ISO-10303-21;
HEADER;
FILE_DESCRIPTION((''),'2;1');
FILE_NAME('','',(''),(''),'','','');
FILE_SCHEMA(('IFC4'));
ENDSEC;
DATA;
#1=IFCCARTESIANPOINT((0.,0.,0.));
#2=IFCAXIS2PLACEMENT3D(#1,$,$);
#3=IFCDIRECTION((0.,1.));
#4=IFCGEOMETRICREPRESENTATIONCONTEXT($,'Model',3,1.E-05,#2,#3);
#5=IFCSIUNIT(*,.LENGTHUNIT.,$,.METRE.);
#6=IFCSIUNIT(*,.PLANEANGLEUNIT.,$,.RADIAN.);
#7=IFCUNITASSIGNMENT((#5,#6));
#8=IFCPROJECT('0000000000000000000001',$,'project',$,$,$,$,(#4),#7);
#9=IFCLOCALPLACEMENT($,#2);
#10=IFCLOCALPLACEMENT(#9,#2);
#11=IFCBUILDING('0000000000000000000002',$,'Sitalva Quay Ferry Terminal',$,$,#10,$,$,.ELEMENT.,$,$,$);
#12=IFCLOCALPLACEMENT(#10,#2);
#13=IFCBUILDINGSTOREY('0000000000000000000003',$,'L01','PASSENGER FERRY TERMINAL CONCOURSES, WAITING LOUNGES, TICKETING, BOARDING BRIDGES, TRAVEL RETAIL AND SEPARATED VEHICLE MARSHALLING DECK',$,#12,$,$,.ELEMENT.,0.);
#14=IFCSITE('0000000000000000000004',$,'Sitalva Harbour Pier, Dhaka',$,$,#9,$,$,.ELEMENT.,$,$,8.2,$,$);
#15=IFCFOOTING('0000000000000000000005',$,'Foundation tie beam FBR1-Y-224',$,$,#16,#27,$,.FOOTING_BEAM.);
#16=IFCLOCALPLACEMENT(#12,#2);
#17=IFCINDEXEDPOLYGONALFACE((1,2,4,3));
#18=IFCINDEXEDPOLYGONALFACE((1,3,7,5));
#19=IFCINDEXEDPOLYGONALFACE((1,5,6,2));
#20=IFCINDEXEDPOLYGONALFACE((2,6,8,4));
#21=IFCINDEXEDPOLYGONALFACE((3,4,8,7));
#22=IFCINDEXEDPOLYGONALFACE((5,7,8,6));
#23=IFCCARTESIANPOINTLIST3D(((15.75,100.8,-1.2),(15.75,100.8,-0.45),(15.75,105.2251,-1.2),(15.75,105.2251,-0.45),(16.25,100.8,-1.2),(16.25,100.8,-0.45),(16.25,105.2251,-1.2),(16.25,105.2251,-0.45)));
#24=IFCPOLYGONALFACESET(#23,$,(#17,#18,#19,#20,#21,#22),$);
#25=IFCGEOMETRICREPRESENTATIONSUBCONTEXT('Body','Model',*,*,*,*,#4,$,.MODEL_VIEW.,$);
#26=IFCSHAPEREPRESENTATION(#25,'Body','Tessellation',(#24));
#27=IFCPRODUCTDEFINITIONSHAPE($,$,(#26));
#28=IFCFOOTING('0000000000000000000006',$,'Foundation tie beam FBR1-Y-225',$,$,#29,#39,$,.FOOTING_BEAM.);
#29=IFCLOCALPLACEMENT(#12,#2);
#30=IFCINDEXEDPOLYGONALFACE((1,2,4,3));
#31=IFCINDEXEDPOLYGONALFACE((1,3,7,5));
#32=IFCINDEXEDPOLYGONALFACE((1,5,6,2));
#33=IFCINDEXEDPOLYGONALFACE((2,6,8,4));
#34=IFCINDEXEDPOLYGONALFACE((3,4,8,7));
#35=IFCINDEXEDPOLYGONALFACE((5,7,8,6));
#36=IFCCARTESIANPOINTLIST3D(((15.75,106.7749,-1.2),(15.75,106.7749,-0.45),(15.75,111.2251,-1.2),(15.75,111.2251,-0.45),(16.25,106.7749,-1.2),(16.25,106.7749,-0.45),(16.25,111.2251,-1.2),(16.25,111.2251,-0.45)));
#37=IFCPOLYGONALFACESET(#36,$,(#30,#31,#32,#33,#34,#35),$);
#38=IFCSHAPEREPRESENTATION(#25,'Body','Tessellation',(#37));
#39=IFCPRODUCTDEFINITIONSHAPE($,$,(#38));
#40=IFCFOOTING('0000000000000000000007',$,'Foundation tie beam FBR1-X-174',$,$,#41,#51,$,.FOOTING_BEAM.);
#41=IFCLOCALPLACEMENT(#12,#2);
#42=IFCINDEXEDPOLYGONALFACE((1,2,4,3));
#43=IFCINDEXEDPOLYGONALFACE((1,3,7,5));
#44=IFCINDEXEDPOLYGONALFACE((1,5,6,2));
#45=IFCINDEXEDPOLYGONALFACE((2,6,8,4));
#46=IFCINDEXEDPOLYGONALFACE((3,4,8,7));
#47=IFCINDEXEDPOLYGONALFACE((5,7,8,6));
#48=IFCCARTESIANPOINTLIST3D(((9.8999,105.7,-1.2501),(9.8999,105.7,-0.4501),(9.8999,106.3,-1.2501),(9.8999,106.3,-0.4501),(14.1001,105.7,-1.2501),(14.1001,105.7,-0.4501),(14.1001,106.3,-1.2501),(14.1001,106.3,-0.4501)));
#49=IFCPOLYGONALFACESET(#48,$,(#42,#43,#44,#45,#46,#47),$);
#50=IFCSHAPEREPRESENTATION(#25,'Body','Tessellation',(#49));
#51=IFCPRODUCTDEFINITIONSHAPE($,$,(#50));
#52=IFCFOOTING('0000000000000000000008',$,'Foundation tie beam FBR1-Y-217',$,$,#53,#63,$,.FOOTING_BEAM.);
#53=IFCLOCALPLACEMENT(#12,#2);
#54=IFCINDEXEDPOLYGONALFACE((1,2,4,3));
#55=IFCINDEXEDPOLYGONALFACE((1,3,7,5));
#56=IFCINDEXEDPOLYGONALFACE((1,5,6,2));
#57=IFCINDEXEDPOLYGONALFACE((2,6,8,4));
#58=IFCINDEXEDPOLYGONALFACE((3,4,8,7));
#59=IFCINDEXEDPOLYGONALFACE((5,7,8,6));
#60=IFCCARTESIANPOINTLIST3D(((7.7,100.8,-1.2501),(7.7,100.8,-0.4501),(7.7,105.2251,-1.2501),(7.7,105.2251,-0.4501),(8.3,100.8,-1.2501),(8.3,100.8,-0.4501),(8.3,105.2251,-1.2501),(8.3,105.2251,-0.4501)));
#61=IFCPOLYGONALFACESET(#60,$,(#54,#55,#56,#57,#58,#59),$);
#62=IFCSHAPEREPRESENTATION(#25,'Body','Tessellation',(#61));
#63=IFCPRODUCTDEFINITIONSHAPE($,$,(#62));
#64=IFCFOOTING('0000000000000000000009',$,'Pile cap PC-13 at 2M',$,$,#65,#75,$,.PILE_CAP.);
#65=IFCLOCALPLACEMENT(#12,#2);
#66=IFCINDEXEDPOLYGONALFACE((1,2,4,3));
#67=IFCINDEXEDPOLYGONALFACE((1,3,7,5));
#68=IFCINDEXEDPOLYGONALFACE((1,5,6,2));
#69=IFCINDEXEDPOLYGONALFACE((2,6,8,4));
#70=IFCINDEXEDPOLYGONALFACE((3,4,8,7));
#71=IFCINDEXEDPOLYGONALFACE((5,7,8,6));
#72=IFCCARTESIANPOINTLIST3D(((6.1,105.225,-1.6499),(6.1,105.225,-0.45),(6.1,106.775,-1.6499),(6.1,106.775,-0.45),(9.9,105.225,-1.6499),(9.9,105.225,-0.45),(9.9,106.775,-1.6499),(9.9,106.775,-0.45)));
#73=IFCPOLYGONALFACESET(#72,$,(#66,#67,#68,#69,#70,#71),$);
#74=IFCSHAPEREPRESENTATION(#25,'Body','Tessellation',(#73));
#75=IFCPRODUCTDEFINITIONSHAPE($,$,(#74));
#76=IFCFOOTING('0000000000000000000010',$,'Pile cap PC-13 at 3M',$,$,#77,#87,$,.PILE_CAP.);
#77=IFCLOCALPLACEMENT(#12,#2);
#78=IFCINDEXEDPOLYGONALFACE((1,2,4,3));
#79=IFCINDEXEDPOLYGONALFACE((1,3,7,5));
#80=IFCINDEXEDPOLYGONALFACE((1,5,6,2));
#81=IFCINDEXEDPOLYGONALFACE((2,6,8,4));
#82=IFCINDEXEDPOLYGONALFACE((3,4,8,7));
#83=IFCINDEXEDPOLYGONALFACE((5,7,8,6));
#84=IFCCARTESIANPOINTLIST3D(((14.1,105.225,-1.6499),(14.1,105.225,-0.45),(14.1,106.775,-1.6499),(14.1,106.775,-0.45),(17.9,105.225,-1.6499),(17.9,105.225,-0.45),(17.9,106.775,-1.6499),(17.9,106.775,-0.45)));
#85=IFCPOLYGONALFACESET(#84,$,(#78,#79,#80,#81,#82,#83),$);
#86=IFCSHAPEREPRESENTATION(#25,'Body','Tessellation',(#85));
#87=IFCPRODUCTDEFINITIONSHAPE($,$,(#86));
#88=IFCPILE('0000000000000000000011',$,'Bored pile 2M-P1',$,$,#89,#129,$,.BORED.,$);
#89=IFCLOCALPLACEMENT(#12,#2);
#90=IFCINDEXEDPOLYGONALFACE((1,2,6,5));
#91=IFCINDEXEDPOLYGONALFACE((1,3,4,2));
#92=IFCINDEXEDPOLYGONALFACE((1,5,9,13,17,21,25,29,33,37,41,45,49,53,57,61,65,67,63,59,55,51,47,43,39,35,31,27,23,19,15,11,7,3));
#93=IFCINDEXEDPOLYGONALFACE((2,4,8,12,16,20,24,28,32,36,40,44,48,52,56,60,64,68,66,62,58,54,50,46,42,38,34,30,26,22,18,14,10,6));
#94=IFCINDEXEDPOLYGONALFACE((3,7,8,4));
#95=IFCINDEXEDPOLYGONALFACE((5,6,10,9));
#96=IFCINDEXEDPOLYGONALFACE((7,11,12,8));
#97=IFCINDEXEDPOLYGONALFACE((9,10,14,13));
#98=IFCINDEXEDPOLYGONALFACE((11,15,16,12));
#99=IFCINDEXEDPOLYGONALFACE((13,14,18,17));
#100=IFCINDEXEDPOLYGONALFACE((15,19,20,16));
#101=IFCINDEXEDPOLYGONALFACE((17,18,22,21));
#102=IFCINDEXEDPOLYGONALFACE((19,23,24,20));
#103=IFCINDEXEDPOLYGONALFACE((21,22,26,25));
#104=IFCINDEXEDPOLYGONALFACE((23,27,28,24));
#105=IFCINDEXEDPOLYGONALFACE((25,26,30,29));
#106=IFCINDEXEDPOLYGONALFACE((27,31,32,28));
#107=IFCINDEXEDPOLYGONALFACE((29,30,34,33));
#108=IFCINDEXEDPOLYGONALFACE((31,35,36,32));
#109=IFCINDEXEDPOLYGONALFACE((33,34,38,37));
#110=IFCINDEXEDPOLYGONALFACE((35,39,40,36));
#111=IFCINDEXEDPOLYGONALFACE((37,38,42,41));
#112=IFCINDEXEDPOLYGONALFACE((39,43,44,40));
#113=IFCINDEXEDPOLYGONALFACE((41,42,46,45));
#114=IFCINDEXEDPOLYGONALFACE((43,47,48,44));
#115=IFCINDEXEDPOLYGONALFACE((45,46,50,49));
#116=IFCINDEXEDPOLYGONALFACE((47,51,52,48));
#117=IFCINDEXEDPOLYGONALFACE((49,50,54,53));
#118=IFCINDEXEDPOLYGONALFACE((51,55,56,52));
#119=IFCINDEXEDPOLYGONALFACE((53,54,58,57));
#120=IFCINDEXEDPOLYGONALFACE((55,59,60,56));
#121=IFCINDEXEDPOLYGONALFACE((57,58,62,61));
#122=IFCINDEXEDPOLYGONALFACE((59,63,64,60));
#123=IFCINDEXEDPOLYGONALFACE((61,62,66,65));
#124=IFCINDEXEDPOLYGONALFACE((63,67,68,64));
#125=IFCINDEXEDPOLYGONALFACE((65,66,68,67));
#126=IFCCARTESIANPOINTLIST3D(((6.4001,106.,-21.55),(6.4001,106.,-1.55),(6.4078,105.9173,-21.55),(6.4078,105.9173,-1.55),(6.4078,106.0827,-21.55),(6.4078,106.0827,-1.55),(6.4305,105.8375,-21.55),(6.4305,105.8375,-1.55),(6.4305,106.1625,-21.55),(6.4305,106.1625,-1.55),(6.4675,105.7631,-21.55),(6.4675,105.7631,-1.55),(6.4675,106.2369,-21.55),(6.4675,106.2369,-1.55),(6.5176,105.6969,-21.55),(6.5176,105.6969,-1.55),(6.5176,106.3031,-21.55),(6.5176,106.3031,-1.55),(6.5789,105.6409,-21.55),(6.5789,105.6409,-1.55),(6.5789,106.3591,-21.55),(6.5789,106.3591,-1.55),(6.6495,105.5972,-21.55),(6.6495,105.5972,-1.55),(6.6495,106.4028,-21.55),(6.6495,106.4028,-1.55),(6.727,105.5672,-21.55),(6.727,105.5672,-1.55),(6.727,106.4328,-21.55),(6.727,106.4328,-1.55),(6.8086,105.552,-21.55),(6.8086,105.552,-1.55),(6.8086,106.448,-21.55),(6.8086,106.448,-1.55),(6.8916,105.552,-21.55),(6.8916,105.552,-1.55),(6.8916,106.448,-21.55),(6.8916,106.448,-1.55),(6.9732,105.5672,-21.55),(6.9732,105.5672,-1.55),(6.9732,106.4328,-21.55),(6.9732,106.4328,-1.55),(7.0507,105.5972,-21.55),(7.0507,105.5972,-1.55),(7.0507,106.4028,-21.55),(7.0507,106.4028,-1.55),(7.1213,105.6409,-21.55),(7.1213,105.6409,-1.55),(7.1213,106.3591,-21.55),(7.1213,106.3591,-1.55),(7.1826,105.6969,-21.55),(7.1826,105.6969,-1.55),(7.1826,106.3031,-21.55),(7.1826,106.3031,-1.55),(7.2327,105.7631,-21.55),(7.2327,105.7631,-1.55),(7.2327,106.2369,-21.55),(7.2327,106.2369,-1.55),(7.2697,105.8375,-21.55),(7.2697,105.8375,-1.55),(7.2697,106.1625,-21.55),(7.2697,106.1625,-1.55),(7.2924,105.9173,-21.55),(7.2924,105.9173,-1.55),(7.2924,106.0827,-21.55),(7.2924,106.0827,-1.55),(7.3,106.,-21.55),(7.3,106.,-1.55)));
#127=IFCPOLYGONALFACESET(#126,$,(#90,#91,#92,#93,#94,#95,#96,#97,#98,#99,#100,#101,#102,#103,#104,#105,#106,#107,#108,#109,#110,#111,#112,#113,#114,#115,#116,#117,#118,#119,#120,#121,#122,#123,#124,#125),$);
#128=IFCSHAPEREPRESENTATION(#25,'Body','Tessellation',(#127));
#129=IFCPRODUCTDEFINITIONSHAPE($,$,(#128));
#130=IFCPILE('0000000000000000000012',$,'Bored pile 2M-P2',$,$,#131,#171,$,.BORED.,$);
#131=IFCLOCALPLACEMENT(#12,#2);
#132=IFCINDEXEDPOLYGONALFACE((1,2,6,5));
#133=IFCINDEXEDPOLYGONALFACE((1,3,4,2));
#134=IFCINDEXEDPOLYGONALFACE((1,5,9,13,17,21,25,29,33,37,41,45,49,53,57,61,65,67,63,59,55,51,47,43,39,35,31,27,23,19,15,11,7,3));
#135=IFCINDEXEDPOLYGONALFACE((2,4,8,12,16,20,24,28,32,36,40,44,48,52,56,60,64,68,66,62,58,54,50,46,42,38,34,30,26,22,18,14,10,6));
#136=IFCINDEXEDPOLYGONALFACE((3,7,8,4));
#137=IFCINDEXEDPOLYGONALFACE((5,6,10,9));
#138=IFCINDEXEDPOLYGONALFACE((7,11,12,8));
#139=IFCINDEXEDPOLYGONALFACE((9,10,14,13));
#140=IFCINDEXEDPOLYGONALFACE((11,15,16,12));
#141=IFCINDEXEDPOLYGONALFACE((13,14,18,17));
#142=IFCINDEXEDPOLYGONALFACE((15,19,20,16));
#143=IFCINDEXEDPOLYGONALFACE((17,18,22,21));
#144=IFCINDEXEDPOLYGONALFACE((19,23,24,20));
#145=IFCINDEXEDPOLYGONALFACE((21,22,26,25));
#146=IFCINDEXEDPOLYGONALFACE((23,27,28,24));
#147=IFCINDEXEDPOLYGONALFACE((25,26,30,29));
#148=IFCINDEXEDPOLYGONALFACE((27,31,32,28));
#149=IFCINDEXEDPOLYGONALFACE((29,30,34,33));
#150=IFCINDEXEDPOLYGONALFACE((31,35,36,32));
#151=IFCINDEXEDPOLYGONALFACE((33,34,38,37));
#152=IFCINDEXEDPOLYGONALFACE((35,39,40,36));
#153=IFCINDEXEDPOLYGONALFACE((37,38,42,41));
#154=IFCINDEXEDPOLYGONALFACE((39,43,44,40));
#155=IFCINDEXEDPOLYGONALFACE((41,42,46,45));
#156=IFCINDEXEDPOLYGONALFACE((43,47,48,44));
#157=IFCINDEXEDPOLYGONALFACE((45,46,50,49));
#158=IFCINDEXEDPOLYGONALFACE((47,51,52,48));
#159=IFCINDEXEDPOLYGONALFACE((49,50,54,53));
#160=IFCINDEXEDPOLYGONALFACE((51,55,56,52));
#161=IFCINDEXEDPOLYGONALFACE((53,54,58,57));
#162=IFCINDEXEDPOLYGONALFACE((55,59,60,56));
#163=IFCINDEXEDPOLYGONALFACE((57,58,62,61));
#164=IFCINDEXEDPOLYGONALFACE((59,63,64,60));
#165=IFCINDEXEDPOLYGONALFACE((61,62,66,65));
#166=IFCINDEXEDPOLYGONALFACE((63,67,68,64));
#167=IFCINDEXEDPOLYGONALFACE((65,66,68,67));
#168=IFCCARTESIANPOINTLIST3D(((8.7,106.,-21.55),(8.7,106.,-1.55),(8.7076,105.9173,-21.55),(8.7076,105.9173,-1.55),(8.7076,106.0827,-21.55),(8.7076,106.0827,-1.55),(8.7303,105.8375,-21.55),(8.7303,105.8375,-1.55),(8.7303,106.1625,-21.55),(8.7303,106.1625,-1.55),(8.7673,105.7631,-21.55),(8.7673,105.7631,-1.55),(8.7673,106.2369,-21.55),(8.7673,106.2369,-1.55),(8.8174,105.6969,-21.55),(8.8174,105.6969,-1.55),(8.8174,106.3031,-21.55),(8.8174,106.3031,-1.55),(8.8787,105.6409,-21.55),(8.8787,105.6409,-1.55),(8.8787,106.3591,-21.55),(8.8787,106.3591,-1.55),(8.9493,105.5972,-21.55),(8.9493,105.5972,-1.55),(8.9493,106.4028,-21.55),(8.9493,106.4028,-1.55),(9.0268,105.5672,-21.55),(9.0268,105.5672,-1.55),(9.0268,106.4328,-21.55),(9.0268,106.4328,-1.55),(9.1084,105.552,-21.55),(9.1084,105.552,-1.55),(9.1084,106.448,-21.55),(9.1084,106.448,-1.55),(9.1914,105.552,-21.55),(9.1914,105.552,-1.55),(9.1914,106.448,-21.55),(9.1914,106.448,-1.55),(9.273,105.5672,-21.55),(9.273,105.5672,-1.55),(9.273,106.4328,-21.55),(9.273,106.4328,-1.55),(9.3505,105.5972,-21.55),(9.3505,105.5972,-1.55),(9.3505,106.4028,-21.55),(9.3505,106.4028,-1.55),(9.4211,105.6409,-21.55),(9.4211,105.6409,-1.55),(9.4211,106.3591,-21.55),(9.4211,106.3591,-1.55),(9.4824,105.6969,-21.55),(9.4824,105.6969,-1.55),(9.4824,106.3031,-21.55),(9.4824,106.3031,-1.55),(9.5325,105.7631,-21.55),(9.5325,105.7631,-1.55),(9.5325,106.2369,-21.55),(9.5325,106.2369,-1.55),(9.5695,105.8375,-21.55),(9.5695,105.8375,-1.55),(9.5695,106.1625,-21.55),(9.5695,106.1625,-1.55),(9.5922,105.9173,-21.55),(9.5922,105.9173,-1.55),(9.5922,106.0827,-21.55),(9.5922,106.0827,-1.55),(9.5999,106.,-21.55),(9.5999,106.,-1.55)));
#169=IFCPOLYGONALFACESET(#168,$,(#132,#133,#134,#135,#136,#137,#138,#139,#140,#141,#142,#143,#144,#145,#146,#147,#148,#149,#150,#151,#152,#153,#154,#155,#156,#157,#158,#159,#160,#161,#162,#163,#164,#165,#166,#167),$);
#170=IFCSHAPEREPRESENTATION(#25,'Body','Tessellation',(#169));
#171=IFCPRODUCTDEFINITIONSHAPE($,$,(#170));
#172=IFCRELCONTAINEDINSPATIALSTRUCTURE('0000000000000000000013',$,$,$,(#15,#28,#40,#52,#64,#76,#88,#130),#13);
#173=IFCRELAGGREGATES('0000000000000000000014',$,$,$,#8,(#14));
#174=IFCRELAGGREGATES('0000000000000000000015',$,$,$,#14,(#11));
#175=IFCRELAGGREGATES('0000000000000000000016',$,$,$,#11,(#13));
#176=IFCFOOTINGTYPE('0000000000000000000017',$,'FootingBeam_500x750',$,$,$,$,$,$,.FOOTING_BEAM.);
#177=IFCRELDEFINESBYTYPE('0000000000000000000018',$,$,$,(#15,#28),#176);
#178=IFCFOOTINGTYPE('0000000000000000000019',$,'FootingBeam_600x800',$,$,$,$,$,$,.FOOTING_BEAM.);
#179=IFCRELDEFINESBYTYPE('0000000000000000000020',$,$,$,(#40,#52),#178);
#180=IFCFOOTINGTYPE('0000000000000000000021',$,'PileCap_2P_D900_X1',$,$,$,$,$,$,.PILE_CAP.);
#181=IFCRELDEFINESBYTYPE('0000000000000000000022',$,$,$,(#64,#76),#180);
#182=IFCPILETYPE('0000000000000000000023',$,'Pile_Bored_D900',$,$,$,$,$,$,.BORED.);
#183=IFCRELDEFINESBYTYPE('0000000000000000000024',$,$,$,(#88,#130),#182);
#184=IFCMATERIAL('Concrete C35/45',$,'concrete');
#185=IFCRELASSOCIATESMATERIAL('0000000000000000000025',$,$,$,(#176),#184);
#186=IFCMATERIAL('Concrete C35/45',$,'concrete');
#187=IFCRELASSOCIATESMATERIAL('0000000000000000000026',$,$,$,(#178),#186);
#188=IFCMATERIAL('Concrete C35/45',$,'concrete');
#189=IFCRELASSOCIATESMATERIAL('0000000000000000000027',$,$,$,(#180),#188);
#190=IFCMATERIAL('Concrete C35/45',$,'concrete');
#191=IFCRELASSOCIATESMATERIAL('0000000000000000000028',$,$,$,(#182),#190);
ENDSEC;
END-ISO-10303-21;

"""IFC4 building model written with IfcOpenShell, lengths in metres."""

from ifc_helpers import new_model, si_unit, direction, frame, origin, origin_2d, place, context, subcontext, project, spatial, rectangle, circle, extrude, material, material_profile, profile_set, type_object, element, save


model = new_model("IFC4")

# Units and contexts
model_context = context("Model", 3, precision=1e-05, world=origin(), true_north=direction((0.0, 1.0)))
body_context = subcontext(model_context, "Body", "Model", "MODEL_VIEW")
ifc_project = project(units=[si_unit("LENGTHUNIT", "METRE"), si_unit("PLANEANGLEUNIT", "RADIAN")], contexts=[model_context])

# Site, building, storey
site_placement = place(None, origin())
site = spatial("IfcSite", under=ifc_project, at=site_placement, Name="Sitalva Harbour Pier, Dhaka", CompositionType="ELEMENT", RefElevation=8.2)
building_placement = place(site_placement, origin())
building = spatial("IfcBuilding", under=site, at=building_placement, Name="Sitalva Quay Ferry Terminal", CompositionType="ELEMENT")
storey_placement = place(building_placement, origin())
storey = spatial("IfcBuildingStorey", under=building, at=storey_placement, Name="L01", Description="PASSENGER FERRY TERMINAL CONCOURSES, WAITING LOUNGES, TICKETING, BOARDING BRIDGES, TRAVEL RETAIL AND SEPARATED VEHICLE MARSHALLING DECK", CompositionType="ELEMENT", Elevation=0.0)

# Footings
ifc_material_1 = material(Name="Concrete C35/45", Category="concrete")
ifc_material_profile_1 = material_profile(ifc_material_1, rectangle(XDim=0.5, YDim=0.75, at=origin_2d()), Name="RC500x750")
ifc_profile_set_1 = profile_set([ifc_material_profile_1], Name="Concrete C35/45")
footing_type_1 = type_object("IfcFootingType", Name="FootingBeam_500x750", PredefinedType="FOOTING_BEAM", material=ifc_profile_set_1)
footing_1_placement = place(storey_placement, frame((16.0, 100.8, -0.825), z_axis=(0.0, 1.0, 0.0), x_axis=(-1.0, 0.0, 0.0)))
element("IfcFooting", 1, at=footing_1_placement, inside=storey, type_object=footing_type_1, Name="Foundation tie beam FBR1-Y-224", PredefinedType="FOOTING_BEAM", context=body_context, shape_type="SweptSolid", body=[
    extrude(rectangle(XDim=0.5, YDim=0.75, at=origin_2d()), origin(), (0.0, 0.0, 1.0), 4.425),
])
footing_2_placement = place(storey_placement, frame((16.0, 106.7749, -0.825), z_axis=(0.0, 1.0, 0.0), x_axis=(-1.0, 0.0, 0.0)))
element("IfcFooting", 2, at=footing_2_placement, inside=storey, type_object=footing_type_1, Name="Foundation tie beam FBR1-Y-225", PredefinedType="FOOTING_BEAM", context=body_context, shape_type="SweptSolid", body=[
    extrude(rectangle(XDim=0.5, YDim=0.75, at=origin_2d()), origin(), (0.0, 0.0, 1.0), 4.4502),
])
ifc_material_2 = material(Name="Concrete C35/45", Category="concrete")
ifc_material_profile_2 = material_profile(ifc_material_2, rectangle(XDim=0.6001, YDim=0.8, at=origin_2d()), Name="RC600x800")
ifc_profile_set_2 = profile_set([ifc_material_profile_2], Name="Concrete C35/45")
footing_type_2 = type_object("IfcFootingType", Name="FootingBeam_600x800", PredefinedType="FOOTING_BEAM", material=ifc_profile_set_2)
footing_3_placement = place(storey_placement, frame((9.8999, 106.0, -0.8501), z_axis=(1.0, 0.0, 0.0), x_axis=(0.0, 1.0, 0.0)))
element("IfcFooting", 3, at=footing_3_placement, inside=storey, type_object=footing_type_2, Name="Foundation tie beam FBR1-X-174", PredefinedType="FOOTING_BEAM", context=body_context, shape_type="SweptSolid", body=[
    extrude(rectangle(XDim=0.6001, YDim=0.8, at=origin_2d()), origin(), (0.0, 0.0, 1.0), 4.2002),
])
footing_4_placement = place(storey_placement, frame((8.0, 100.8, -0.8501), z_axis=(0.0, 1.0, 0.0), x_axis=(-1.0, 0.0, 0.0)))
element("IfcFooting", 4, at=footing_4_placement, inside=storey, type_object=footing_type_2, Name="Foundation tie beam FBR1-Y-217", PredefinedType="FOOTING_BEAM", context=body_context, shape_type="SweptSolid", body=[
    extrude(rectangle(XDim=0.6001, YDim=0.8, at=origin_2d()), origin(), (0.0, 0.0, 1.0), 4.425),
])
ifc_material_3 = material(Name="Concrete C35/45", Category="concrete")
footing_type_3 = type_object("IfcFootingType", Name="PileCap_2P_D900_X1", PredefinedType="PILE_CAP", material=ifc_material_3)
for number, where, z_axis, x_axis, name in (
    (5, (8.0, 106.0, -1.6499), (0.0, 0.0, 1.0), (1.0, 0.0, 0.0), "Pile cap PC-13 at 2M"),
    (6, (16.0, 106.0, -1.6499), (0.0, 0.0, 1.0), (1.0, 0.0, 0.0), "Pile cap PC-13 at 3M"),
):
    element("IfcFooting", number, at=place(storey_placement, frame(where, z_axis=z_axis, x_axis=x_axis)), inside=storey, type_object=footing_type_3, Name=name, PredefinedType="PILE_CAP", context=body_context, shape_type="SweptSolid", body=[
        extrude(rectangle(XDim=3.8, YDim=1.55, at=origin_2d()), origin(), (0.0, 0.0, 1.0), 1.2),
    ])

# Piles
ifc_material_4 = material(Name="Concrete C35/45", Category="concrete")
ifc_material_profile_3 = material_profile(ifc_material_4, circle(Radius=0.45, at=origin_2d()), Name="PILE-D900")
ifc_profile_set_3 = profile_set([ifc_material_profile_3], Name="Concrete C35/45")
pile_type = type_object("IfcPileType", Name="Pile_Bored_D900", PredefinedType="BORED", material=ifc_profile_set_3)
for number, where, z_axis, x_axis, name in (
    (7, (6.8501, 106.0, -1.55), (0.0, 0.0, -1.0), (1.0, 0.0, 0.0), "Bored pile 2M-P1"),
    (8, (9.1499, 106.0, -1.55), (0.0, 0.0, -1.0), (1.0, 0.0, 0.0), "Bored pile 2M-P2"),
):
    element("IfcPile", number, at=place(storey_placement, frame(where, z_axis=z_axis, x_axis=x_axis)), inside=storey, type_object=pile_type, Name=name, PredefinedType="BORED", context=body_context, shape_type="SweptSolid", body=[
        extrude(circle(Radius=0.45, at=origin_2d()), origin(), (0.0, 0.0, 1.0), 20.0),
    ])

save(model, "model.ifc")
